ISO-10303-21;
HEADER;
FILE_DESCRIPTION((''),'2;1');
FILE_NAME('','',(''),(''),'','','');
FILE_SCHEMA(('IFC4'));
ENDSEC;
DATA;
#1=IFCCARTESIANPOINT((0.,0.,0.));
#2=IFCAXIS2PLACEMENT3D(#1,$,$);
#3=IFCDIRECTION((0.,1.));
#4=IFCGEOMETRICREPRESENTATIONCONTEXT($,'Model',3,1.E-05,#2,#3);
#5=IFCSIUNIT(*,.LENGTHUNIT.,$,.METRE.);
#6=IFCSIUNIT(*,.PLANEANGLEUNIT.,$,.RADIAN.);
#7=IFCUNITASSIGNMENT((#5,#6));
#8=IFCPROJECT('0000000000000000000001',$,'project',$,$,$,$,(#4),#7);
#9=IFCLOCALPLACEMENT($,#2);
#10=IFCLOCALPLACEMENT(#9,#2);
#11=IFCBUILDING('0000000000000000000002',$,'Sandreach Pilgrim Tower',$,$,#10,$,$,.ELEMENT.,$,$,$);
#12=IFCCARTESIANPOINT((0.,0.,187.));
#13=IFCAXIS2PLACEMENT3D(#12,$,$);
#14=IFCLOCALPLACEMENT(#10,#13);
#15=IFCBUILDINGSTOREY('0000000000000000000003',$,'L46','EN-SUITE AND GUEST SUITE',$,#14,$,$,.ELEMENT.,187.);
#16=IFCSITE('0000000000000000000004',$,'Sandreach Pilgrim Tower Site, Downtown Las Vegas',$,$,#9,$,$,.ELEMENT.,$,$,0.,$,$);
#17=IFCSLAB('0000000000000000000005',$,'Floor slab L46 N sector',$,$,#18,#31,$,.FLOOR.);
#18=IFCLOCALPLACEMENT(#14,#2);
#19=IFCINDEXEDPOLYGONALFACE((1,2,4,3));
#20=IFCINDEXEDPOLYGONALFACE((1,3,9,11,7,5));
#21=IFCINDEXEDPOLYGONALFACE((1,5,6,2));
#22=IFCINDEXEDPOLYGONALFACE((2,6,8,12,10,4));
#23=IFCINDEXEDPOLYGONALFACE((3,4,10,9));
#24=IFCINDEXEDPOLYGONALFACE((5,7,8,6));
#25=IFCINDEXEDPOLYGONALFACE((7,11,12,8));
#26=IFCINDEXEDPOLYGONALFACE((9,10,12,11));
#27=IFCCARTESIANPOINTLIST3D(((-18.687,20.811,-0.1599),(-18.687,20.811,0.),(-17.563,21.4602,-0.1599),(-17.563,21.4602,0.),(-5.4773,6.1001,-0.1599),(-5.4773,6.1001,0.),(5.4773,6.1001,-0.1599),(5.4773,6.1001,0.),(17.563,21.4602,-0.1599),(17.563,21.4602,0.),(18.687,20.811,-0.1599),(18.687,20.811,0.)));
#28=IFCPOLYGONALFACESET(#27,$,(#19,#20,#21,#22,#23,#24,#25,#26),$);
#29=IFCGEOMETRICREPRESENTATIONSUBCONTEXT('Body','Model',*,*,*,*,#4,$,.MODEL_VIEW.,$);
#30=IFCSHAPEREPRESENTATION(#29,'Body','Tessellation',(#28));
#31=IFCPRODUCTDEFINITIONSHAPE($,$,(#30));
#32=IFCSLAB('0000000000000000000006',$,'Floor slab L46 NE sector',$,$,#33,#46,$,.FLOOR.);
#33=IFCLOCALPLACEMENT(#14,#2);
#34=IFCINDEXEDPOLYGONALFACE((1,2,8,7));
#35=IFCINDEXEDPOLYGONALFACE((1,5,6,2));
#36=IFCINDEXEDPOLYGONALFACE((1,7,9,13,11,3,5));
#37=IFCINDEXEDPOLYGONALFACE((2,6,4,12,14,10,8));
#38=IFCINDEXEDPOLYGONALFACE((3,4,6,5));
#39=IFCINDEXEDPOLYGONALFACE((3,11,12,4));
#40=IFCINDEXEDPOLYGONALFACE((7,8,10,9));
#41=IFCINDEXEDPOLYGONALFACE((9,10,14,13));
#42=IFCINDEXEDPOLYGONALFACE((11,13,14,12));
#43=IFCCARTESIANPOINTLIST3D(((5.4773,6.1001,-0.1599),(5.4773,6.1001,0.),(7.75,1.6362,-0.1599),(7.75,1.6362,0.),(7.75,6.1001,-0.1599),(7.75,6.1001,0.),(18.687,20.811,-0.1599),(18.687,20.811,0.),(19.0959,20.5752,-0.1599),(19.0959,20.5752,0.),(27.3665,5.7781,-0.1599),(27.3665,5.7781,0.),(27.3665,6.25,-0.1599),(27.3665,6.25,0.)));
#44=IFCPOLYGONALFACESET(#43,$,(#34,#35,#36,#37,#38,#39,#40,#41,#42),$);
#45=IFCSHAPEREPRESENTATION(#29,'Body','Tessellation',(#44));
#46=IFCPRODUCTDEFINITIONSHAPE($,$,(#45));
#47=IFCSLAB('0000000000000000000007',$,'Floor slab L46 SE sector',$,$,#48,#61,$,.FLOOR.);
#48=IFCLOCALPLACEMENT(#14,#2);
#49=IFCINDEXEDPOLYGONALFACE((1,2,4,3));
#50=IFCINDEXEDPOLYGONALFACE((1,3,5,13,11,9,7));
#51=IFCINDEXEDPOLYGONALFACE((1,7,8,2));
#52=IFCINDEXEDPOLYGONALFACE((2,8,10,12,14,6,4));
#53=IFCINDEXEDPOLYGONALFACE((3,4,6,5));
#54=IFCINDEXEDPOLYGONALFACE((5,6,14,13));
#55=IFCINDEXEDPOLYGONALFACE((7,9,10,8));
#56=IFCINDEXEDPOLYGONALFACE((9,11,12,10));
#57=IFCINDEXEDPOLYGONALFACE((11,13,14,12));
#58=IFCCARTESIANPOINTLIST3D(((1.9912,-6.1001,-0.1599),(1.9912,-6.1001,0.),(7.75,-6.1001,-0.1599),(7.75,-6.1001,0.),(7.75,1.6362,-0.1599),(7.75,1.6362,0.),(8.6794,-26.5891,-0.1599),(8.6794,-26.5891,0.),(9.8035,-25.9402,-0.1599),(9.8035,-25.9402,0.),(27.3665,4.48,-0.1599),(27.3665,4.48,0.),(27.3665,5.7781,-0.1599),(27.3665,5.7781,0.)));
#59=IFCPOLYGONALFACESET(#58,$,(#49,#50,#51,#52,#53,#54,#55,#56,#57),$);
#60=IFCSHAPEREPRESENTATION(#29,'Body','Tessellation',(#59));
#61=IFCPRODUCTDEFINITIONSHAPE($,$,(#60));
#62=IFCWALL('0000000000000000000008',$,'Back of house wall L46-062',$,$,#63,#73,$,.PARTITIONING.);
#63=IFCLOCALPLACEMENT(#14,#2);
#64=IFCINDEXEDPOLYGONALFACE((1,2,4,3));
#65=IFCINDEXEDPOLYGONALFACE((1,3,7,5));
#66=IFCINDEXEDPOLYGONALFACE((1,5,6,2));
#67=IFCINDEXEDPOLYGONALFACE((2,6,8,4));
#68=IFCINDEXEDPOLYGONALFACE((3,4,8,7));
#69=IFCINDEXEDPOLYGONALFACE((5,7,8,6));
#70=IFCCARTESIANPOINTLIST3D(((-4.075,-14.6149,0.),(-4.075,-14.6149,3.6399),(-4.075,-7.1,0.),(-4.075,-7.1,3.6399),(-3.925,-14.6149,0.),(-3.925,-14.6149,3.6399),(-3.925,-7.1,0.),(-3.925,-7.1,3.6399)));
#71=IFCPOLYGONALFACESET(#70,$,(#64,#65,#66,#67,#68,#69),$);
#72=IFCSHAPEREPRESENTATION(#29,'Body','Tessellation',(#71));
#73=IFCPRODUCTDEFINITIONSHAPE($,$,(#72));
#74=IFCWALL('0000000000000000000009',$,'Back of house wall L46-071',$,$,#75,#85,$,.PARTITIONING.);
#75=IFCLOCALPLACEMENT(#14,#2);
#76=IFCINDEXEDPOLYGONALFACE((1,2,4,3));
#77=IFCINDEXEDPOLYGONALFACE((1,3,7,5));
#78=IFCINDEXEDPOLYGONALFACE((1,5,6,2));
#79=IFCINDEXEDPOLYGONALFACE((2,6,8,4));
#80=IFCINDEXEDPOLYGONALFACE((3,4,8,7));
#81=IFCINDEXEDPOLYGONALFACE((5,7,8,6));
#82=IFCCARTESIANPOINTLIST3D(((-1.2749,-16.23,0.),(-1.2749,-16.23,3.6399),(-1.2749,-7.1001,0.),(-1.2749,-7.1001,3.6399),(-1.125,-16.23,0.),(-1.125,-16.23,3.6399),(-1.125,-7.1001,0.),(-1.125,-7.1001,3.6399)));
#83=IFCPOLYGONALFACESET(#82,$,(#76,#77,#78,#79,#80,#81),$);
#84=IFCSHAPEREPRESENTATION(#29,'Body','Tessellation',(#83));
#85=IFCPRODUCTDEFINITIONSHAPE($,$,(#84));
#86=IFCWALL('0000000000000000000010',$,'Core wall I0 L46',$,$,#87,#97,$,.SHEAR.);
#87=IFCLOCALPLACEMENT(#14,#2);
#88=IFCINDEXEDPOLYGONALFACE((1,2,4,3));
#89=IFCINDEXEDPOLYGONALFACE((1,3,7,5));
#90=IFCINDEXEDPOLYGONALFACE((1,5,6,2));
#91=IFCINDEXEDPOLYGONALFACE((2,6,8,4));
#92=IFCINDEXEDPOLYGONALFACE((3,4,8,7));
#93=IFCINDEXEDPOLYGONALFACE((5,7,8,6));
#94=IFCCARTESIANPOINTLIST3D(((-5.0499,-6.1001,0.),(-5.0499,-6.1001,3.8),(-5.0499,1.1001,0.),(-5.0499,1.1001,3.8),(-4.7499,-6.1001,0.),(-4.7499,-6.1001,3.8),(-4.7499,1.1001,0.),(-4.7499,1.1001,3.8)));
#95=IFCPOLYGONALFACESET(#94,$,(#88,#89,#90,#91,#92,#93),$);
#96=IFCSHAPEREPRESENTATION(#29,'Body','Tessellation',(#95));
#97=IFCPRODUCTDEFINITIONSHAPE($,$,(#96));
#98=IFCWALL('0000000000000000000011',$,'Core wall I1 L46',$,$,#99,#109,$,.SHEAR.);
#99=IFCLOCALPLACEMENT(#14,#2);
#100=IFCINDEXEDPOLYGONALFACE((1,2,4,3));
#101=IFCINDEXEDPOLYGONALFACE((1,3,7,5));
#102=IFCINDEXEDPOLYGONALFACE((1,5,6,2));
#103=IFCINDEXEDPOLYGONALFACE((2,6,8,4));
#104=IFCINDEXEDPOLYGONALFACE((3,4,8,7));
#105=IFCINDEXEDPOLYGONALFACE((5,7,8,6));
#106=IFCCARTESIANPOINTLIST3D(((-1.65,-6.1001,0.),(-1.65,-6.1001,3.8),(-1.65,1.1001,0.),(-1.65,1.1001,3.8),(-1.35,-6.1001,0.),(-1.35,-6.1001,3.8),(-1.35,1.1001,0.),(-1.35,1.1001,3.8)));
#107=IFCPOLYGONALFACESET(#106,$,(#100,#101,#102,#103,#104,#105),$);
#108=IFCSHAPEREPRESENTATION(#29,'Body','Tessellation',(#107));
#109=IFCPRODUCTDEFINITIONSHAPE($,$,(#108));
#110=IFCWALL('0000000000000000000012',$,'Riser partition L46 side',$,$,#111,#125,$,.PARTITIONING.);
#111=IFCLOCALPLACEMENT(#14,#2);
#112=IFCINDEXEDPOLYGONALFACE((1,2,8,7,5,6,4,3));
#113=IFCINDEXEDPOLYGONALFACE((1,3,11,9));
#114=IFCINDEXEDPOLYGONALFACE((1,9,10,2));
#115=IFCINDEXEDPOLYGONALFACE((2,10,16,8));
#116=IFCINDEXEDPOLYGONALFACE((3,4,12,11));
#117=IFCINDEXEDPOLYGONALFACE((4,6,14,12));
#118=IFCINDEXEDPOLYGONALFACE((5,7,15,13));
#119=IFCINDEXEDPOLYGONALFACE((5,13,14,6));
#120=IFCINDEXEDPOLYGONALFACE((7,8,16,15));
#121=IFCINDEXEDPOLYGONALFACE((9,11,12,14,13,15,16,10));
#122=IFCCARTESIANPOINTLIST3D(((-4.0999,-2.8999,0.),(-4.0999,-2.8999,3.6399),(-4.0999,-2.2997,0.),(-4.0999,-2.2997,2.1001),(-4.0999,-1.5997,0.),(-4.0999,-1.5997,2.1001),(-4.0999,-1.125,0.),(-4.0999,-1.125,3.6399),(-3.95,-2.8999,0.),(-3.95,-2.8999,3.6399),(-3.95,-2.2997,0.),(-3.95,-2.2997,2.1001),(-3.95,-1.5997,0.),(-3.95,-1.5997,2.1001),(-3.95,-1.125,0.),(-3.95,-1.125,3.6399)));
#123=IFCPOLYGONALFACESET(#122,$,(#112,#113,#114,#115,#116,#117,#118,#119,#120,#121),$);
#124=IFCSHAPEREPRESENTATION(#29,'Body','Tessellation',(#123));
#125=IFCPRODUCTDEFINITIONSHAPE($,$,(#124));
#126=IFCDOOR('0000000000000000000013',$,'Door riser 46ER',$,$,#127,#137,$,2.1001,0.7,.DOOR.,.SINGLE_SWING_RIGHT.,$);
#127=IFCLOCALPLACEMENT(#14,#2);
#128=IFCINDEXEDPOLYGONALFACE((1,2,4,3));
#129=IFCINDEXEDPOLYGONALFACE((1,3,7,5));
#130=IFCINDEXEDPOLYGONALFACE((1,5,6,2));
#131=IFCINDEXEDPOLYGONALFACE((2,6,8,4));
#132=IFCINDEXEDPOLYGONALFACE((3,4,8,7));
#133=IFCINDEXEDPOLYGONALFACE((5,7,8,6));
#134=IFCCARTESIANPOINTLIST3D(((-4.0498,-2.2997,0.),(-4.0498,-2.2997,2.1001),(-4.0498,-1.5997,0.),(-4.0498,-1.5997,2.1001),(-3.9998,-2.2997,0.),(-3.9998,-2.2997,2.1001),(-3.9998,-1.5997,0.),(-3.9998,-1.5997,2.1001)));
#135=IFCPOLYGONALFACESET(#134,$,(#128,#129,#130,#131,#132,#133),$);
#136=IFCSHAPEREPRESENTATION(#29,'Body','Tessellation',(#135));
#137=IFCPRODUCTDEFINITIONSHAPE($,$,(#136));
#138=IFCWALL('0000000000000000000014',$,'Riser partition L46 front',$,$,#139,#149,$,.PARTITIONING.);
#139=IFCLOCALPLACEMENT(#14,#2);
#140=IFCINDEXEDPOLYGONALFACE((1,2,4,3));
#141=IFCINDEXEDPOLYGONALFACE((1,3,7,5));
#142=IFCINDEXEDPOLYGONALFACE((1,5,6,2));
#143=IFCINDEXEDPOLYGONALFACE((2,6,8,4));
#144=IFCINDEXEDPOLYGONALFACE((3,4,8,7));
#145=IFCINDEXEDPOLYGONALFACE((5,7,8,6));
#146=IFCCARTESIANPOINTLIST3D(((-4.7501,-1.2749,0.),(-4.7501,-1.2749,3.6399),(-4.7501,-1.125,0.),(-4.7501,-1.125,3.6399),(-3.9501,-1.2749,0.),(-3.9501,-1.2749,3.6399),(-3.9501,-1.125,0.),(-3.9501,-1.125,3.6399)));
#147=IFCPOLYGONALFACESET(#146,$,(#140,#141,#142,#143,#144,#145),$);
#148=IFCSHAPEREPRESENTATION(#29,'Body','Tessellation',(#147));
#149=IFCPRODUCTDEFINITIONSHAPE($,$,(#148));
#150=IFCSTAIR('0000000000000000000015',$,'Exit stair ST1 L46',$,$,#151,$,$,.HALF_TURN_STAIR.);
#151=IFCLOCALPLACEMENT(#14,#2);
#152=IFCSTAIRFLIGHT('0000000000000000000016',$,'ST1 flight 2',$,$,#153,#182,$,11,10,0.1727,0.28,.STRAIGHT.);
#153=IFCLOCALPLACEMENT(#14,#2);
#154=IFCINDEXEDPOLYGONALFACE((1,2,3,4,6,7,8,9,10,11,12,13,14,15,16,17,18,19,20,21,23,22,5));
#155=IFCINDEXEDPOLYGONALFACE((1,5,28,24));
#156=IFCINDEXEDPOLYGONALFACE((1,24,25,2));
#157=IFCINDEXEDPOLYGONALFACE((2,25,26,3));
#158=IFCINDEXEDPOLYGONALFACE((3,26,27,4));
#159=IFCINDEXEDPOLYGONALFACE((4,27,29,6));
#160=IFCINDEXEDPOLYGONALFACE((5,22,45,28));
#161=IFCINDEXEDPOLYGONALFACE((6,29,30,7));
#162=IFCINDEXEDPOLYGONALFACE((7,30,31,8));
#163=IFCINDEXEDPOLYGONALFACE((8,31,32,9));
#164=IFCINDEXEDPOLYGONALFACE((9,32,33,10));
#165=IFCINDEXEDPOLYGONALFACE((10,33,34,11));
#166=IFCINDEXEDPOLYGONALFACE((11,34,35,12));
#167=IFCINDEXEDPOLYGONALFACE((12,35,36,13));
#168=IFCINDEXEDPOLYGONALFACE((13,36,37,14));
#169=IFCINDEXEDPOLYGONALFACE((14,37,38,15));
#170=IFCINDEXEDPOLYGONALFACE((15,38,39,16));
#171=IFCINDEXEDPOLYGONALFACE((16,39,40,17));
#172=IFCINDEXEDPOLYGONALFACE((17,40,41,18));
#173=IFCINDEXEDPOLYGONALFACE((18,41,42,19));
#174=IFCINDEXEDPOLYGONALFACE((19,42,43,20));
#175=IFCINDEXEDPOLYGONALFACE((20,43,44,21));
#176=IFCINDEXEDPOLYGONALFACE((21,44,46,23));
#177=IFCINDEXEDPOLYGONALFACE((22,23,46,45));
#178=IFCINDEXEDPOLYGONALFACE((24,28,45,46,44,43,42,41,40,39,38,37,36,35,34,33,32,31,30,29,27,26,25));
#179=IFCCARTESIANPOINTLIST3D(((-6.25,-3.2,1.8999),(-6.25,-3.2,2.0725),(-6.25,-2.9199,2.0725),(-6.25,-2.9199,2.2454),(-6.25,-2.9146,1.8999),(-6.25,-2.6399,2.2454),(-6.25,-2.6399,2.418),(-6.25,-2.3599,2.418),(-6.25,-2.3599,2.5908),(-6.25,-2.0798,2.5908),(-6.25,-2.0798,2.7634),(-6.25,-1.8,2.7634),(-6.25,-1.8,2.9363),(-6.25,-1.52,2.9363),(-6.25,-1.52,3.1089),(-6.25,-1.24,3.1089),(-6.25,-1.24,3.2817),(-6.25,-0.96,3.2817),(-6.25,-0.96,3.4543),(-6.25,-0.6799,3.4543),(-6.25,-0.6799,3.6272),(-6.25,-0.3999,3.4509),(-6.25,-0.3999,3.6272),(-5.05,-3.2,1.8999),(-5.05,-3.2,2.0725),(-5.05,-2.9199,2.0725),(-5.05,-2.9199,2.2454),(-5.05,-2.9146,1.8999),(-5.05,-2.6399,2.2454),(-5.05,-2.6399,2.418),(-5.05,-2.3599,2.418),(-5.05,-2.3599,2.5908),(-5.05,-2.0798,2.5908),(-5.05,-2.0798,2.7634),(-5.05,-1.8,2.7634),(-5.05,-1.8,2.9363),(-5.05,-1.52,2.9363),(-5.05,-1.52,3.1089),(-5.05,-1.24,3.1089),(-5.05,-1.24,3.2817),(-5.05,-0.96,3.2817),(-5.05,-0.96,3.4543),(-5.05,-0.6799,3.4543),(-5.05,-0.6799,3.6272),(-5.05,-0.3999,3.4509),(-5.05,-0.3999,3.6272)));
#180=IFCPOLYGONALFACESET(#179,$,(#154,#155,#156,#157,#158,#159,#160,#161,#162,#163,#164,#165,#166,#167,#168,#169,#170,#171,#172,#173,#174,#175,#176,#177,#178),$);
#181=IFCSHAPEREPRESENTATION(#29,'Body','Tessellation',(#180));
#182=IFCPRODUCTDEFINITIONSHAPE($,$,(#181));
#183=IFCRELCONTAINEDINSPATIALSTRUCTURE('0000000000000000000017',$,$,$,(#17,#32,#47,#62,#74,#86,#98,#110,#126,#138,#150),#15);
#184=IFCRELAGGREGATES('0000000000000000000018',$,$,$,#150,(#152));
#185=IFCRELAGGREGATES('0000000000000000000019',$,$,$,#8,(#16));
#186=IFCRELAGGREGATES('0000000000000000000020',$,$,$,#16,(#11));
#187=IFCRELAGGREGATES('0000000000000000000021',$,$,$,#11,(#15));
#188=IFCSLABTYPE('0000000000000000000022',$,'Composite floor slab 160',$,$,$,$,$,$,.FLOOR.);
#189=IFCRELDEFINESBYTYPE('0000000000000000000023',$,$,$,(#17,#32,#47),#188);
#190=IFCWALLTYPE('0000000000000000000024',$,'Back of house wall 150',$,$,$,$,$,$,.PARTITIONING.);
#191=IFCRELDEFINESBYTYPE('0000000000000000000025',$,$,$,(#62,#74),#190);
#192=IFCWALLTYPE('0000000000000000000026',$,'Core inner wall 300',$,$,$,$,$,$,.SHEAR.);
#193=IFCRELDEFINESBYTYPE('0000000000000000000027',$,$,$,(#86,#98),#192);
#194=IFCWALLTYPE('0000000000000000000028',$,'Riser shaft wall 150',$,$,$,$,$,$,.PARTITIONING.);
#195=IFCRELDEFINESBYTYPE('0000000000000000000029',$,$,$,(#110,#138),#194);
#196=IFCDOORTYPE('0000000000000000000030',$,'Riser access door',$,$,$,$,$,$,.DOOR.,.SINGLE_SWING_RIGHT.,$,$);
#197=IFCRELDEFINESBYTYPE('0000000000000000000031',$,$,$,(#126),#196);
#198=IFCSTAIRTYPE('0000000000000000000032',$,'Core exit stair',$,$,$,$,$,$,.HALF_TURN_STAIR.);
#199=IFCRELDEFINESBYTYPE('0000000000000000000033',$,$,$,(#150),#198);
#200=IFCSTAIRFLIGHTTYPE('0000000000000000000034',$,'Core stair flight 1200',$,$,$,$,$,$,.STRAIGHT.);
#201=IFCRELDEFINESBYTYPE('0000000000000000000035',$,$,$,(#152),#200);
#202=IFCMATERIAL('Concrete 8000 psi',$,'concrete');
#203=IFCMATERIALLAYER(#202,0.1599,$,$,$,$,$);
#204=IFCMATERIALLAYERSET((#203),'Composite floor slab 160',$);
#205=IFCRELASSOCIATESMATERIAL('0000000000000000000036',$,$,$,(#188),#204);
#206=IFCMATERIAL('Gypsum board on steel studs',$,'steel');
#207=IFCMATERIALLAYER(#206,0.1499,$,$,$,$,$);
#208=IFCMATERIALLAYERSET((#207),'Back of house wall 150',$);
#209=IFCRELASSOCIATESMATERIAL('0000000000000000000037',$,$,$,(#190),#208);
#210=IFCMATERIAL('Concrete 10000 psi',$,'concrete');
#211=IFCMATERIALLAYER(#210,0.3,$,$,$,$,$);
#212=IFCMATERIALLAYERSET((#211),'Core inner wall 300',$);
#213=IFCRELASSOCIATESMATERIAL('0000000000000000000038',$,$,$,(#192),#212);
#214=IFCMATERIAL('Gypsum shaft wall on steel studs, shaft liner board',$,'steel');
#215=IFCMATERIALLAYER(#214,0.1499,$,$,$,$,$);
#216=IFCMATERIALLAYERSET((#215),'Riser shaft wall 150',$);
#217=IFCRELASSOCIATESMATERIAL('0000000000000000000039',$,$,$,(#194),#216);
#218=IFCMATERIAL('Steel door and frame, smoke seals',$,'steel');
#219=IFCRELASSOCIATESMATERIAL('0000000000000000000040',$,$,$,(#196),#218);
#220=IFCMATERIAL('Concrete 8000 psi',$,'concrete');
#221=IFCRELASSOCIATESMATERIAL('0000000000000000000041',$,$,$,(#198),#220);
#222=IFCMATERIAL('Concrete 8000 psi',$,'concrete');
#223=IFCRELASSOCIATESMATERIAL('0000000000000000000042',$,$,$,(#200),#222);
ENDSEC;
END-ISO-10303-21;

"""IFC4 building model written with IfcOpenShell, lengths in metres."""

from ifc_helpers import new_model, si_unit, direction, frame, frame_2d, origin, place, context, subcontext, project, spatial, polyline, rectangle, outline, extrude, material, layer, layer_set, type_object, element, fill, aggregate, save


model = new_model("IFC4")

# Units and contexts
model_context = context("Model", 3, precision=1e-05, world=origin(), true_north=direction((0.0, 1.0)))
body_context = subcontext(model_context, "Body", "Model", "MODEL_VIEW")
ifc_project = project(units=[si_unit("LENGTHUNIT", "METRE"), si_unit("PLANEANGLEUNIT", "RADIAN")], contexts=[model_context])

# Site, building, storey
site_placement = place(None, origin())
site = spatial("IfcSite", under=ifc_project, at=site_placement, Name="Sandreach Pilgrim Tower Site, Downtown Las Vegas", CompositionType="ELEMENT", RefElevation=0.0)
building_placement = place(site_placement, origin())
building = spatial("IfcBuilding", under=site, at=building_placement, Name="Sandreach Pilgrim Tower", CompositionType="ELEMENT")
storey_placement = place(building_placement, frame((0.0, 0.0, 187.0)))
storey = spatial("IfcBuildingStorey", under=building, at=storey_placement, Name="L46", Description="EN-SUITE AND GUEST SUITE", CompositionType="ELEMENT", Elevation=187.0)

# Slabs
ifc_material_1 = material(Name="Concrete 8000 psi", Category="concrete")
ifc_layer_1 = layer(ifc_material_1, 0.1599)
ifc_layer_set_1 = layer_set([ifc_layer_1], Name="Composite floor slab 160")
slab_type = type_object("IfcSlabType", Name="Composite floor slab 160", PredefinedType="FLOOR", material=ifc_layer_set_1)
slab_1_placement = place(storey_placement, frame((0.0, 0.0, -0.1599)))
element("IfcSlab", 1, at=slab_1_placement, inside=storey, type_object=slab_type, Name="Floor slab L46 N sector", PredefinedType="FLOOR", context=body_context, shape_type="SweptSolid", body=[
    extrude(outline(polyline([(-17.563, 21.4602), (17.563, 21.4602), (18.687, 20.811), (5.4773, 6.1001), (-5.4773, 6.1001), (-18.687, 20.811), (-17.563, 21.4602)])), origin(), (0.0, 0.0, 1.0), 0.1599),
])
slab_2_placement = place(storey_placement, frame((0.0, 0.0, -0.1599)))
element("IfcSlab", 2, at=slab_2_placement, inside=storey, type_object=slab_type, Name="Floor slab L46 NE sector", PredefinedType="FLOOR", context=body_context, shape_type="SweptSolid", body=[
    extrude(outline(polyline([(19.0959, 20.5752), (27.3665, 6.25), (27.3665, 5.7781), (7.75, 1.6362), (7.75, 6.1001), (5.4773, 6.1001), (18.687, 20.811), (19.0959, 20.5752)])), origin(), (0.0, 0.0, 1.0), 0.1599),
])
slab_3_placement = place(storey_placement, frame((0.0, 0.0, -0.1599)))
element("IfcSlab", 3, at=slab_3_placement, inside=storey, type_object=slab_type, Name="Floor slab L46 SE sector", PredefinedType="FLOOR", context=body_context, shape_type="SweptSolid", body=[
    extrude(outline(polyline([(27.3665, 4.48), (9.8035, -25.9402), (8.6794, -26.5891), (1.9912, -6.1001), (7.75, -6.1001), (7.75, 1.6362), (27.3665, 5.7781), (27.3665, 4.48)])), origin(), (0.0, 0.0, 1.0), 0.1599),
])

# Walls
ifc_material_2 = material(Name="Gypsum board on steel studs", Category="steel")
ifc_layer_2 = layer(ifc_material_2, 0.1499)
ifc_layer_set_2 = layer_set([ifc_layer_2], Name="Back of house wall 150")
wall_type_1 = type_object("IfcWallType", Name="Back of house wall 150", PredefinedType="PARTITIONING", material=ifc_layer_set_2)
wall_1_placement = place(storey_placement, frame((-4.0, -7.1001, 0.0), z_axis=(0.0, 0.0, 1.0), x_axis=(0.0, -1.0, 0.0)))
element("IfcWall", 4, at=wall_1_placement, inside=storey, type_object=wall_type_1, Name="Back of house wall L46-062", PredefinedType="PARTITIONING", context=body_context, shape_type="SweptSolid", body=[
    extrude(rectangle(XDim=7.5149, YDim=0.1499, at=frame_2d((3.7573, 0.0))), origin(), (0.0, 0.0, 1.0), 3.6399),
])
wall_2_placement = place(storey_placement, frame((-1.2, -7.1001, 0.0), z_axis=(0.0, 0.0, 1.0), x_axis=(0.0, -1.0, 0.0)))
element("IfcWall", 5, at=wall_2_placement, inside=storey, type_object=wall_type_1, Name="Back of house wall L46-071", PredefinedType="PARTITIONING", context=body_context, shape_type="SweptSolid", body=[
    extrude(rectangle(XDim=9.1299, YDim=0.1499, at=frame_2d((4.5649, 0.0))), origin(), (0.0, 0.0, 1.0), 3.6399),
])
ifc_material_3 = material(Name="Concrete 10000 psi", Category="concrete")
ifc_layer_3 = layer(ifc_material_3, 0.3)
ifc_layer_set_3 = layer_set([ifc_layer_3], Name="Core inner wall 300")
wall_type_2 = type_object("IfcWallType", Name="Core inner wall 300", PredefinedType="SHEAR", material=ifc_layer_set_3)
for number, where, z_axis, x_axis, name in (
    (6, (-4.8999, -6.1001, 0.0), (0.0, 0.0, 1.0), (0.0, 1.0, 0.0), "Core wall I0 L46"),
    (7, (-1.5, -6.1001, 0.0), (0.0, 0.0, 1.0), (0.0, 1.0, 0.0), "Core wall I1 L46"),
):
    element("IfcWall", number, at=place(storey_placement, frame(where, z_axis=z_axis, x_axis=x_axis)), inside=storey, type_object=wall_type_2, Name=name, PredefinedType="SHEAR", context=body_context, shape_type="SweptSolid", body=[
        extrude(rectangle(XDim=7.2002, YDim=0.3, at=frame_2d((3.6001, 0.0))), origin(), (0.0, 0.0, 1.0), 3.8),
    ])

# Wall, opening, door
ifc_material_4 = material(Name="Gypsum shaft wall on steel studs, shaft liner board", Category="steel")
ifc_layer_4 = layer(ifc_material_4, 0.1499)
ifc_layer_set_4 = layer_set([ifc_layer_4], Name="Riser shaft wall 150")
wall_type_3 = type_object("IfcWallType", Name="Riser shaft wall 150", PredefinedType="PARTITIONING", material=ifc_layer_set_4)
wall_3_placement = place(storey_placement, frame((-4.0249, -2.8999, 0.0), z_axis=(0.0, 0.0, 1.0), x_axis=(0.0, 1.0, 0.0)))
wall_3 = element("IfcWall", 8, at=wall_3_placement, inside=storey, type_object=wall_type_3, Name="Riser partition L46 side", PredefinedType="PARTITIONING", context=body_context, shape_type="SweptSolid", body=[
    extrude(rectangle(XDim=1.7749, YDim=0.1499, at=frame_2d((0.8875, 0.0))), origin(), (0.0, 0.0, 1.0), 3.6399),
])
opening_1_placement = place(wall_3_placement, frame((0.6001, 0.0, 0.0)))
opening_1 = element("IfcOpeningElement", 9, at=opening_1_placement, cuts=wall_3, PredefinedType="OPENING", context=body_context, shape_type="SweptSolid", body=[
    extrude(rectangle(XDim=0.7, YDim=2.1001, at=frame_2d((0.3501, 1.05))), frame((0.0, 0.075, 0.0), z_axis=(0.0, -1.0, 0.0), x_axis=(1.0, 0.0, 0.0)), (0.0, 0.0, 1.0), 0.1499),
])
ifc_material_5 = material(Name="Steel door and frame, smoke seals", Category="steel")
door_type_1 = type_object("IfcDoorType", Name="Riser access door", OperationType="SINGLE_SWING_RIGHT", PredefinedType="DOOR", material=ifc_material_5)
door_1_placement = place(opening_1_placement, origin())
door_1 = element("IfcDoor", 10, at=door_1_placement, inside=storey, type_object=door_type_1, Name="Door riser 46ER", OperationType="SINGLE_SWING_RIGHT", OverallHeight=2.1001, OverallWidth=0.7, PredefinedType="DOOR", context=body_context, shape_type="SweptSolid", body=[
    extrude(rectangle(XDim=0.7, YDim=2.1001, at=frame_2d((0.3501, 1.05))), frame((0.0, 0.0249, 0.0), z_axis=(0.0, -1.0, 0.0), x_axis=(1.0, 0.0, 0.0)), (0.0, 0.0, 1.0), 0.05),
])
fill(opening_1, door_1)

# Wall
wall_4_placement = place(storey_placement, frame((-4.75, -1.2, 0.0), z_axis=(0.0, 0.0, 1.0), x_axis=(1.0, 0.0, 0.0)))
element("IfcWall", 11, at=wall_4_placement, inside=storey, type_object=wall_type_3, Name="Riser partition L46 front", PredefinedType="PARTITIONING", context=body_context, shape_type="SweptSolid", body=[
    extrude(rectangle(XDim=0.8, YDim=0.1499, at=frame_2d((0.3999, 0.0))), origin(), (0.0, 0.0, 1.0), 3.6399),
])

# Stair, stair flight
ifc_material_6 = material(Name="Concrete 8000 psi", Category="concrete")
stair_type = type_object("IfcStairType", Name="Core exit stair", PredefinedType="HALF_TURN_STAIR", material=ifc_material_6)
stair_1_placement = place(storey_placement, origin())
stair_1 = element("IfcStair", 12, at=stair_1_placement, inside=storey, type_object=stair_type, Name="Exit stair ST1 L46", PredefinedType="HALF_TURN_STAIR")
ifc_material_7 = material(Name="Concrete 8000 psi", Category="concrete")
stair_flight_type = type_object("IfcStairFlightType", Name="Core stair flight 1200", PredefinedType="STRAIGHT", material=ifc_material_7)
stair_flight_1_placement = place(storey_placement, frame((-5.6499, -3.2, 1.8999), z_axis=(0.0, 0.0, 1.0), x_axis=(0.0, 1.0, 0.0)))
stair_flight_1 = element("IfcStairFlight", 13, at=stair_flight_1_placement, type_object=stair_flight_type, Name="ST1 flight 2", NumberOfRisers=11, NumberOfTreads=10, PredefinedType="STRAIGHT", RiserHeight=0.1727, TreadLength=0.28, context=body_context, shape_type="SweptSolid", body=[
    extrude(outline(polyline([(0.0, 0.0), (0.0, 0.1726), (0.28, 0.1726), (0.28, 0.3455), (0.5601, 0.3455), (0.5601, 0.5181), (0.8401, 0.5181), (0.8401, 0.6909), (1.1201, 0.6909), (1.1201, 0.8635), (1.3999, 0.8635), (1.3999, 1.0364), (1.6799, 1.0364), (1.6799, 1.209), (1.96, 1.209), (1.96, 1.3818), (2.24, 1.3818), (2.24, 1.5544), (2.52, 1.5544), (2.52, 1.7273), (2.8, 1.7273), (2.8, 1.8999), (2.8, 1.551), (0.2854, 0.0), (0.0, 0.0)])), frame((0.0, 0.6001, 0.0), z_axis=(0.0, -1.0, 0.0), x_axis=(1.0, 0.0, 0.0)), (0.0, 0.0, 1.0), 1.2),
])
aggregate(stair_1, [stair_flight_1])

save(model, "model.ifc")
